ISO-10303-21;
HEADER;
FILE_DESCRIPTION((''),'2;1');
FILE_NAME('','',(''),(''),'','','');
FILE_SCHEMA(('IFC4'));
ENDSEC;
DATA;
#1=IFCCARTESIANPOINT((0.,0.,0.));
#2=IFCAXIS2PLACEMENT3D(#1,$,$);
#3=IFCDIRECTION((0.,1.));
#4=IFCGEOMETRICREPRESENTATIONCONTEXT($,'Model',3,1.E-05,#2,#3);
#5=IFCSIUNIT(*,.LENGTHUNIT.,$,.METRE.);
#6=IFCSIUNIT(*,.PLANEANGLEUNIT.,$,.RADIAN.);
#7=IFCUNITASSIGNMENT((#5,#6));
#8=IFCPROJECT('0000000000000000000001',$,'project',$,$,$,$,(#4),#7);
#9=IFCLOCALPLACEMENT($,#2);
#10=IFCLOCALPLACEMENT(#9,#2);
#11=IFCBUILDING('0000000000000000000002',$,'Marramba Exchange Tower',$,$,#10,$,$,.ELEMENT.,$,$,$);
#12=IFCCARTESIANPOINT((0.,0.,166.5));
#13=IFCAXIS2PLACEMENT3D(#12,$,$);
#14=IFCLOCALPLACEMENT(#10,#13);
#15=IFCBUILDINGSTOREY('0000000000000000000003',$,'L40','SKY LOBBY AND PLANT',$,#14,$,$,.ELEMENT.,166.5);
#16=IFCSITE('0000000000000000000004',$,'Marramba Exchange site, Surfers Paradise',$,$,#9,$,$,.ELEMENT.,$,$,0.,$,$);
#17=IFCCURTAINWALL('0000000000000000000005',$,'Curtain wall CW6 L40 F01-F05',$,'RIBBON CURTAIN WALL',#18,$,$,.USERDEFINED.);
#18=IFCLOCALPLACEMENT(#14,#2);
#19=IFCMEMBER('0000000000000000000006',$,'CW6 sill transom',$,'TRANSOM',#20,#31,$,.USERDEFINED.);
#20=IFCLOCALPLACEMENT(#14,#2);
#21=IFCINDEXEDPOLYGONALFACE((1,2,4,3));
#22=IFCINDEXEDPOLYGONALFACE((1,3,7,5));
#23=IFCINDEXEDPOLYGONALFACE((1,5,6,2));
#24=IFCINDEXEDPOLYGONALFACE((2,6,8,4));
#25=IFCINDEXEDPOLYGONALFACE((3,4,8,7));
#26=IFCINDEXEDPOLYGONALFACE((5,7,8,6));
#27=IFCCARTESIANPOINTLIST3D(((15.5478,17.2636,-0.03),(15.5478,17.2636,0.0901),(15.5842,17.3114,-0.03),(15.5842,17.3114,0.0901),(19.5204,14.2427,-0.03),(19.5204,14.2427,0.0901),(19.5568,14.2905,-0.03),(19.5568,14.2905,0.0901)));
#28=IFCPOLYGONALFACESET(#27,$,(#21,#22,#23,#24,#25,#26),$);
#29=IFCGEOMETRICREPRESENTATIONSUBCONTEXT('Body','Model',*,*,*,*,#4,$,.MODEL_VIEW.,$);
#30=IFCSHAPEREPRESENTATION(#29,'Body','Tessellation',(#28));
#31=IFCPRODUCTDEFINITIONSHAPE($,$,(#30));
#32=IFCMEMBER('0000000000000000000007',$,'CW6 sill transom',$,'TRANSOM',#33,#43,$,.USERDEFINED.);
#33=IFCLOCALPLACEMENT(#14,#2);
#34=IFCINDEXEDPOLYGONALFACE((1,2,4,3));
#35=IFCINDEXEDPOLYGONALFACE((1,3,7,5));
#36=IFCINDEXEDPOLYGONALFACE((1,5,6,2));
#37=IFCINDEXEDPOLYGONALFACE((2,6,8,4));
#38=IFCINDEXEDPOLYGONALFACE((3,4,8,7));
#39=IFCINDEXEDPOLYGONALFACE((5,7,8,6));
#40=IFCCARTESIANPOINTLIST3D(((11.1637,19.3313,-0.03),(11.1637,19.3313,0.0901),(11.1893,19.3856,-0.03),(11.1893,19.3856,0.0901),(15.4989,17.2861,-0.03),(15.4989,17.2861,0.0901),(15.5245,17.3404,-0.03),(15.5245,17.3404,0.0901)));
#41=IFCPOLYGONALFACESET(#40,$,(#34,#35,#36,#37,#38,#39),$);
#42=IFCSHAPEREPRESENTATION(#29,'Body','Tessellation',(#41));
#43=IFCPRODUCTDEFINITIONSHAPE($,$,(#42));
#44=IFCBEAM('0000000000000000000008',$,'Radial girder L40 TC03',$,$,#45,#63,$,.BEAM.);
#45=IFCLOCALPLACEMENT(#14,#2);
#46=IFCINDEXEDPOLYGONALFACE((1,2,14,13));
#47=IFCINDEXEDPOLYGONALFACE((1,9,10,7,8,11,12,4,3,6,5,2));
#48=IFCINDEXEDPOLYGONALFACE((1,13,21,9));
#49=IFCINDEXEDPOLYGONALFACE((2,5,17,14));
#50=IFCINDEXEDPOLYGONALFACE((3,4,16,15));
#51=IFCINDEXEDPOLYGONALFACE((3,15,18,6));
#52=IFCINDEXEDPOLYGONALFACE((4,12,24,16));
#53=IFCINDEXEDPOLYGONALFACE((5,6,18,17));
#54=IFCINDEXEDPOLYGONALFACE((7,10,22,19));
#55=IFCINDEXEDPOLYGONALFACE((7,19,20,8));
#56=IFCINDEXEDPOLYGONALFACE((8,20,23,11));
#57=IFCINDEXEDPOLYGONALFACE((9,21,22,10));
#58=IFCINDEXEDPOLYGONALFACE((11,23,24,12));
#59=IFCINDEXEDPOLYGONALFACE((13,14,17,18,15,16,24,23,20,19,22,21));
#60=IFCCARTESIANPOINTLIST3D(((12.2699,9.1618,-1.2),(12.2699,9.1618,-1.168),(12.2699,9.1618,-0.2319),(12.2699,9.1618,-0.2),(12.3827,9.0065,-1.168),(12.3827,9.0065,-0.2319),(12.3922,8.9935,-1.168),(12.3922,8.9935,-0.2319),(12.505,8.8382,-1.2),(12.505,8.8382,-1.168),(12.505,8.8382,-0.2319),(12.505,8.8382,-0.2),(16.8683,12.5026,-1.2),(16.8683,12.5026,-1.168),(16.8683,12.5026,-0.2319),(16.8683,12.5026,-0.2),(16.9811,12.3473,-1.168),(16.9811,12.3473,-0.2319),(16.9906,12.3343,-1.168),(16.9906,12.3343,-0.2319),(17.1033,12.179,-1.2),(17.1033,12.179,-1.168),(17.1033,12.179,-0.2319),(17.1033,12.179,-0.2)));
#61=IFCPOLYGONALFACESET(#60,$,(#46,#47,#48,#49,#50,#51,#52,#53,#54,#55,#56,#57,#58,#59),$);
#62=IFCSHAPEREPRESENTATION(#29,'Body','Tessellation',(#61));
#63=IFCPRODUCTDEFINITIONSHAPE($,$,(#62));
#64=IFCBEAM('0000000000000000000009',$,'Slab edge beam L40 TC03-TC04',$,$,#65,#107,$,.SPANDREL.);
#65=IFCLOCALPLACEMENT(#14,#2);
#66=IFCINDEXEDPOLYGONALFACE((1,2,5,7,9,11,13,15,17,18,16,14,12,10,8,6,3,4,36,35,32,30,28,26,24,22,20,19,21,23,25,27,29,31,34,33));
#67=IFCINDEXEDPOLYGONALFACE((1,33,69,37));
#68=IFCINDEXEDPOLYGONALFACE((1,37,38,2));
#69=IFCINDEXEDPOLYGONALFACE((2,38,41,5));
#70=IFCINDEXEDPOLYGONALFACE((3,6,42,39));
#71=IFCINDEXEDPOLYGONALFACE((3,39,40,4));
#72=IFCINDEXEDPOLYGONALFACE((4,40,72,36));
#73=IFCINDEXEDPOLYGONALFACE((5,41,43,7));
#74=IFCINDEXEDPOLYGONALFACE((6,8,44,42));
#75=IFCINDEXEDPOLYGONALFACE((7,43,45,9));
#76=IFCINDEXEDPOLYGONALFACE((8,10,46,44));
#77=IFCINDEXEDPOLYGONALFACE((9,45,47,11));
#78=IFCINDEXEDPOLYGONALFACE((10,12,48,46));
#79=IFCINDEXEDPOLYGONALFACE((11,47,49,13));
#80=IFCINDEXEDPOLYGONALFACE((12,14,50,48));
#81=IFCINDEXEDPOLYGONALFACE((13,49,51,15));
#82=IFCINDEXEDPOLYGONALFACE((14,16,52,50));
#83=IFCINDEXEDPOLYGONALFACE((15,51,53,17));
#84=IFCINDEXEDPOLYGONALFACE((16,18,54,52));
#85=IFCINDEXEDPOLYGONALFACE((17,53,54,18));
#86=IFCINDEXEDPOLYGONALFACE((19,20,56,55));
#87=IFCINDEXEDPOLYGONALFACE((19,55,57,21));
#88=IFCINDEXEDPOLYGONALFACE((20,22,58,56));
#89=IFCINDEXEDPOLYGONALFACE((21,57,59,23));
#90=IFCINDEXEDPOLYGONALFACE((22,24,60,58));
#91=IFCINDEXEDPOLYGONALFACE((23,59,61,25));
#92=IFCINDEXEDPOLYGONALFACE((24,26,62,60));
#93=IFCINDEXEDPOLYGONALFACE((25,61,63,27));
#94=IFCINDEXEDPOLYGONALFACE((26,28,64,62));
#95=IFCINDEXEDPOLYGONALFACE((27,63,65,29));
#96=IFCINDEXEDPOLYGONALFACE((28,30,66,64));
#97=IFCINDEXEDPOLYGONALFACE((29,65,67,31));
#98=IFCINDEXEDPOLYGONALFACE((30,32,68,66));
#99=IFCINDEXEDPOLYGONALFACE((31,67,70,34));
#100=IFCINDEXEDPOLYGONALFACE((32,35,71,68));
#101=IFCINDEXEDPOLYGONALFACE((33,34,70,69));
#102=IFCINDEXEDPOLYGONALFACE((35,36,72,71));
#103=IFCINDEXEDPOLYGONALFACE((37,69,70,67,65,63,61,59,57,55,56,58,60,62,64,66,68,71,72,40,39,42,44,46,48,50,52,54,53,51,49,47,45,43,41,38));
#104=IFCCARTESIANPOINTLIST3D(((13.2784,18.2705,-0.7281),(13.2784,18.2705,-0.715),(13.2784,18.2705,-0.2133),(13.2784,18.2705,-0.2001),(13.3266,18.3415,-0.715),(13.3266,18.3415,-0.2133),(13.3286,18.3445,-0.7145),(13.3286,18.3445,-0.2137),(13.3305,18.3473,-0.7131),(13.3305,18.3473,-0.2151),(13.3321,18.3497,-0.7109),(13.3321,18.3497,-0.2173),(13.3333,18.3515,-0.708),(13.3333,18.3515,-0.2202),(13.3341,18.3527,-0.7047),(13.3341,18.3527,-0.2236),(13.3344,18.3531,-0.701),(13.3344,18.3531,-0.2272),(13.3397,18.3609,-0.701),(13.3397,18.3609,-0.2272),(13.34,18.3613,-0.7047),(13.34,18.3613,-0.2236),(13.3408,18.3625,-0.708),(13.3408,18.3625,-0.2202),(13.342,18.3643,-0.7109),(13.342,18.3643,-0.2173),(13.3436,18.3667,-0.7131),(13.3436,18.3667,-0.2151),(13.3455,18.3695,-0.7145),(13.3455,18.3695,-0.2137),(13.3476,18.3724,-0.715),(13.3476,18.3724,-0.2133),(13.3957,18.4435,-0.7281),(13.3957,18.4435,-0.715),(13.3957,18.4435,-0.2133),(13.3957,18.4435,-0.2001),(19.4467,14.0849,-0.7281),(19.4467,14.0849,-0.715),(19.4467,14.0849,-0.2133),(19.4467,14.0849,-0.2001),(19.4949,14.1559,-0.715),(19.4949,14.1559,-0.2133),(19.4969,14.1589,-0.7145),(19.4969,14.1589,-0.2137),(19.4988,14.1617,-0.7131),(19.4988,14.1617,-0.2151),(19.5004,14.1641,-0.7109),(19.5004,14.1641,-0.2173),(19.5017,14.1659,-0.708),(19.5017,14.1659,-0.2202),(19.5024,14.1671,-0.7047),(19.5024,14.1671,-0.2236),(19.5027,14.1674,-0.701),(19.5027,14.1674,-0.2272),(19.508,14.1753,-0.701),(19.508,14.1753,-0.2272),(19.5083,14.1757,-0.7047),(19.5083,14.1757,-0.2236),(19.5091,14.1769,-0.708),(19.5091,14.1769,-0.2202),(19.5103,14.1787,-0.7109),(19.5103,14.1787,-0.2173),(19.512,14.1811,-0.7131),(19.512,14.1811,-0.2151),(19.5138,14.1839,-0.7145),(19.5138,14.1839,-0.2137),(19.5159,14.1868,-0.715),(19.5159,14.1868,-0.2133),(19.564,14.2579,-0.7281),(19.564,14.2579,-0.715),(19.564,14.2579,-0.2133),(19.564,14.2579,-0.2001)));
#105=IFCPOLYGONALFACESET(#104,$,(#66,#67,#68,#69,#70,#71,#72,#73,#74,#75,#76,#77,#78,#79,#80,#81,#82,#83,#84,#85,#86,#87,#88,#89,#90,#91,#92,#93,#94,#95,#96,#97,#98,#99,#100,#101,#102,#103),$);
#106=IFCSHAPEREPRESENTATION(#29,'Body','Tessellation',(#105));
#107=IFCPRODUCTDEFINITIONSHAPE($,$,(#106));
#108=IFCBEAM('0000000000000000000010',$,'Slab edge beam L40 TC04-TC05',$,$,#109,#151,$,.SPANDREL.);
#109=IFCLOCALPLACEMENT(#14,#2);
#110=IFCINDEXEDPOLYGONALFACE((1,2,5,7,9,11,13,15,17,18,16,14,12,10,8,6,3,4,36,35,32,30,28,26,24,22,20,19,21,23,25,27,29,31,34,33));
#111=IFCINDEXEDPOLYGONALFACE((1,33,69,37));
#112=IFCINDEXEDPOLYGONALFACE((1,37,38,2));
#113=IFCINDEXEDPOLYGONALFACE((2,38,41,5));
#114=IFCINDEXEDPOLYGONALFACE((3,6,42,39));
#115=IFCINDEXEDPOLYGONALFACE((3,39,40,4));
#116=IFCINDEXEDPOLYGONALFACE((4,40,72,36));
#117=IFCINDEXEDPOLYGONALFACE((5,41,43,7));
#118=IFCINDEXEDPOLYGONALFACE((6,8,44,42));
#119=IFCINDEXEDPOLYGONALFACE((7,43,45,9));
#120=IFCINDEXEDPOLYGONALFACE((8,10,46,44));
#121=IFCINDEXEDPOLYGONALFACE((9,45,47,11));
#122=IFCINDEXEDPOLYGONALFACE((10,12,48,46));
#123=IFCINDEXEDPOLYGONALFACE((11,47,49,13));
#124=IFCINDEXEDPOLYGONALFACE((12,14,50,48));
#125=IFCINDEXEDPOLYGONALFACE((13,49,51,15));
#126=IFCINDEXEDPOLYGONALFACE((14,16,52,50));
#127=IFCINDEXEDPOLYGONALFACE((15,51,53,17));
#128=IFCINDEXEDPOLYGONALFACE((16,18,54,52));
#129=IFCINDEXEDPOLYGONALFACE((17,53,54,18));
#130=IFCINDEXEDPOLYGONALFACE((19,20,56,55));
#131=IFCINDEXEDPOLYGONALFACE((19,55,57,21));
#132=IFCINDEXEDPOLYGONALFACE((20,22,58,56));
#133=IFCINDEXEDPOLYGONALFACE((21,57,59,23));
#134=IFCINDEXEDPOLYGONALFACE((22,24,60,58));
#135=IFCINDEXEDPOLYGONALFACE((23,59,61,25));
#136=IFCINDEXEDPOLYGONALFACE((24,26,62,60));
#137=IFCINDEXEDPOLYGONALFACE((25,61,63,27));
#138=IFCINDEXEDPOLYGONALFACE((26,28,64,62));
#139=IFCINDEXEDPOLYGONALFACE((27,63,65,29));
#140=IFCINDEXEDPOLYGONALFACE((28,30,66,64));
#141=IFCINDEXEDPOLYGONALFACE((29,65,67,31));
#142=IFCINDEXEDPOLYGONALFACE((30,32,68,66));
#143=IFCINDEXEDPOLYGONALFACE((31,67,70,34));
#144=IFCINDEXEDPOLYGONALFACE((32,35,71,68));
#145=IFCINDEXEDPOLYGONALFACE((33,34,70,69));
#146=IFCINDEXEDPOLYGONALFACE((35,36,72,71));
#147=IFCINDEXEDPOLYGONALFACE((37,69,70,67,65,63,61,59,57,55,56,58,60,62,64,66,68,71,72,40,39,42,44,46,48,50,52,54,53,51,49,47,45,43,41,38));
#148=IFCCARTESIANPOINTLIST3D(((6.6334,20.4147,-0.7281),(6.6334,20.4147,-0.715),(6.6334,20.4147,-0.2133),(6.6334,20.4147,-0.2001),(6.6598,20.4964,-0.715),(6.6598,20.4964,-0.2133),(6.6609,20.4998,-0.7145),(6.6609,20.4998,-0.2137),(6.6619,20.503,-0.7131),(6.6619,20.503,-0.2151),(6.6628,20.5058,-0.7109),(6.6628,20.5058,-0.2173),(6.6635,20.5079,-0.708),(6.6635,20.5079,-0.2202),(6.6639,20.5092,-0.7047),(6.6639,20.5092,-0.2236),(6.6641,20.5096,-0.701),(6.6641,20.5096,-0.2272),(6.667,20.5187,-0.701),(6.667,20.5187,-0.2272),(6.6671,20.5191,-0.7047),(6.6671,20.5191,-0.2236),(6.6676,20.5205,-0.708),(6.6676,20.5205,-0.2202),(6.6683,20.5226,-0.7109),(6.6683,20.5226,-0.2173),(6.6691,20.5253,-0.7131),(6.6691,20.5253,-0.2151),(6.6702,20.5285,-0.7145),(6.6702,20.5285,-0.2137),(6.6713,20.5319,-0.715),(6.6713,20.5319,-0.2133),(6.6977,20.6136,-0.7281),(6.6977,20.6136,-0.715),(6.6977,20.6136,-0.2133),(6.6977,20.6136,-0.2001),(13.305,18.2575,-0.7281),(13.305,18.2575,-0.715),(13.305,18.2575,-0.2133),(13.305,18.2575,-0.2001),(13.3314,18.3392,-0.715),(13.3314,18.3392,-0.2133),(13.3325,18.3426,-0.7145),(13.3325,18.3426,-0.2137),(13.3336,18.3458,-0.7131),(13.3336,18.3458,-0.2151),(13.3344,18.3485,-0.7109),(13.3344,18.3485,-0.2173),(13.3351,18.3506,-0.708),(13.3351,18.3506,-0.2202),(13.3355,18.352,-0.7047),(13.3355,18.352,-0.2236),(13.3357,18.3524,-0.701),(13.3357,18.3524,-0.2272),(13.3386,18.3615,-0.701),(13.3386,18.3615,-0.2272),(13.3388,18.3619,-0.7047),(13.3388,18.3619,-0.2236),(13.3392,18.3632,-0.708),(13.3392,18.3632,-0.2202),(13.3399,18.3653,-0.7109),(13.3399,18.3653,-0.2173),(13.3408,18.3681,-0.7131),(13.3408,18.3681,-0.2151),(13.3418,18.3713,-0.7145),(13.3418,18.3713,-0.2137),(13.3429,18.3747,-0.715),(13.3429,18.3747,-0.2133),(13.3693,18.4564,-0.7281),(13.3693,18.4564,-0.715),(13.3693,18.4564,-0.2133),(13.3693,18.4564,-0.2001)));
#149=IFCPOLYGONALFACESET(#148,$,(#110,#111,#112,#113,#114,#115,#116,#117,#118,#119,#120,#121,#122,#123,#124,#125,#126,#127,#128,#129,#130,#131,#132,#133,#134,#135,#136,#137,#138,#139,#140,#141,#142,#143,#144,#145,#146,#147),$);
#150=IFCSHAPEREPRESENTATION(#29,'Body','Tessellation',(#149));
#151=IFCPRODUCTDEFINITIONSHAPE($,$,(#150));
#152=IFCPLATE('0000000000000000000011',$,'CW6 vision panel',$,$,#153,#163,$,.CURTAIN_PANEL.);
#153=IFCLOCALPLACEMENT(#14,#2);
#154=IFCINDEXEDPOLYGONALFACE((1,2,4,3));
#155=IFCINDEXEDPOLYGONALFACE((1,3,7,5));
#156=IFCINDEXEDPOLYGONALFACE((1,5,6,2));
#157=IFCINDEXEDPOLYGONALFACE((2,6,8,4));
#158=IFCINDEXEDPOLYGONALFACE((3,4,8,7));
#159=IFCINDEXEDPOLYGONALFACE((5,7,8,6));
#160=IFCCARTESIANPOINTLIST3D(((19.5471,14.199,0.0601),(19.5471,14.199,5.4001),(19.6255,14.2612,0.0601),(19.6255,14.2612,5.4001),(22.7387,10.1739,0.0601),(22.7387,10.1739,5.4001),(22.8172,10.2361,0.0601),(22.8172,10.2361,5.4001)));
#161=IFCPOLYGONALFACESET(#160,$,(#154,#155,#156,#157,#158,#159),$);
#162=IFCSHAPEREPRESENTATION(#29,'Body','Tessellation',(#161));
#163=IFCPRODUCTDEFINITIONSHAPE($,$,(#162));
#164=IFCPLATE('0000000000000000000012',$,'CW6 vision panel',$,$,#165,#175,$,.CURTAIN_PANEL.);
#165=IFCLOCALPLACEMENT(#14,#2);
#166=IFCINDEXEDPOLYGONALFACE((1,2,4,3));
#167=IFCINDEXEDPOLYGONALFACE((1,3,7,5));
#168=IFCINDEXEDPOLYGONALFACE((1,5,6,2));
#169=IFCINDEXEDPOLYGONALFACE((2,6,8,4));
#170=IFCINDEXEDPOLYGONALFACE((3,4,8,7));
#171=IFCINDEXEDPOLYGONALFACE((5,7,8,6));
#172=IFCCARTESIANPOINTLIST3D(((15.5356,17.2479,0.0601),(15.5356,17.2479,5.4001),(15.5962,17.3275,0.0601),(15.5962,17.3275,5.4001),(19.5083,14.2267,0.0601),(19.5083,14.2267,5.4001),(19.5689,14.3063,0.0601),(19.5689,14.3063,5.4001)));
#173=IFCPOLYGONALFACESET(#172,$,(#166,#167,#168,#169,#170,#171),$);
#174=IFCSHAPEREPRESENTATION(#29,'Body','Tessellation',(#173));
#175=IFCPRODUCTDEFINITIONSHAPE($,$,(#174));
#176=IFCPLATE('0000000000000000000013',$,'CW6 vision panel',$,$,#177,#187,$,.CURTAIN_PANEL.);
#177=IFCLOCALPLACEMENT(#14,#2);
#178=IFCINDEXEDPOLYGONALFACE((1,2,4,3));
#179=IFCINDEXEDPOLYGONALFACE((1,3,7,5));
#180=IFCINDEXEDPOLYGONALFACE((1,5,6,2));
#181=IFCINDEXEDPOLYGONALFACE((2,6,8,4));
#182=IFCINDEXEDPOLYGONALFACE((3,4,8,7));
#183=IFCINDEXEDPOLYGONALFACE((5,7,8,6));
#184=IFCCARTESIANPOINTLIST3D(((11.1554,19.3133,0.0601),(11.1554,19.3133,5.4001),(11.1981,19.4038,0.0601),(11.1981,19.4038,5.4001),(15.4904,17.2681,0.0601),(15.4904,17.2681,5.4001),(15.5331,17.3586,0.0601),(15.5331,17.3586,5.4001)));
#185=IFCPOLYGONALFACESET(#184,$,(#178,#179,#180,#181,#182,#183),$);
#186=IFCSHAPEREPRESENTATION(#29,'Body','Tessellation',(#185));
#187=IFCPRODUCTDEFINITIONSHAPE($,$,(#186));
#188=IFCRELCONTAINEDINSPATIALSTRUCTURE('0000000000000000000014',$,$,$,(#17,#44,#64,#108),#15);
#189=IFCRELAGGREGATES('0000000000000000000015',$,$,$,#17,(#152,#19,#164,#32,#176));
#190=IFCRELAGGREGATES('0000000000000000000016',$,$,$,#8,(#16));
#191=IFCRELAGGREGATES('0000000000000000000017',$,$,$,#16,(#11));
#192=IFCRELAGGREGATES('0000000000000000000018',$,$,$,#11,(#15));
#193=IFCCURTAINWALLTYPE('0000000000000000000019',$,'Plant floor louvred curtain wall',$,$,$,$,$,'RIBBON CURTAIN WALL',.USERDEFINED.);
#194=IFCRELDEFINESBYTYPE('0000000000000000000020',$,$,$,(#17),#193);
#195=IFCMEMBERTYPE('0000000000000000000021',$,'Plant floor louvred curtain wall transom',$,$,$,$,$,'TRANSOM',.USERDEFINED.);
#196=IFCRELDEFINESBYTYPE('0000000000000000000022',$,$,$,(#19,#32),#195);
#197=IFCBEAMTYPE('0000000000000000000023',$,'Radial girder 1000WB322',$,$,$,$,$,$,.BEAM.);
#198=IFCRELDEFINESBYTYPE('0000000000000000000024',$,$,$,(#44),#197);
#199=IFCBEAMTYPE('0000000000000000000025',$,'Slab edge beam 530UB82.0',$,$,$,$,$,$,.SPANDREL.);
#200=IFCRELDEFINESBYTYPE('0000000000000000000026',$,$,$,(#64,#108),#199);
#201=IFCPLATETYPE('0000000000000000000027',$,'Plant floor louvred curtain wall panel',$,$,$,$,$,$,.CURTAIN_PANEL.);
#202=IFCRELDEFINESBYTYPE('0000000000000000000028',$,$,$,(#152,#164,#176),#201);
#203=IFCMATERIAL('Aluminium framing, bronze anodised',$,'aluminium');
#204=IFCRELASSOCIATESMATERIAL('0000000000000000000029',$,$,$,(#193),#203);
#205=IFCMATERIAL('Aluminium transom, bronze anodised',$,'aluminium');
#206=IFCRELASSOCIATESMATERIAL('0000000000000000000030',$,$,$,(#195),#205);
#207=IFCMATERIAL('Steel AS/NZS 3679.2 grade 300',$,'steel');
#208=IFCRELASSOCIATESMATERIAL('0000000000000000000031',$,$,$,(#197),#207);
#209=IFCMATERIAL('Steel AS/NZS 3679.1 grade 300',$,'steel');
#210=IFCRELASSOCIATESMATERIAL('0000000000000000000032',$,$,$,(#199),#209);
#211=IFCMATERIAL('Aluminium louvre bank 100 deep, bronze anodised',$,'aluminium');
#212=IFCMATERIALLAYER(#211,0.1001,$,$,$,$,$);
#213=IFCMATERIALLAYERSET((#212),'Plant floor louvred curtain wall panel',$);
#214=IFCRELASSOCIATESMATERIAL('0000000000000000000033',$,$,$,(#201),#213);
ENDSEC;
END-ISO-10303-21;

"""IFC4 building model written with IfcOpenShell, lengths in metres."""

from ifc_helpers import new_model, si_unit, direction, frame, origin, origin_2d, place, context, subcontext, project, spatial, rectangle, i_section, extrude, material, layer, layer_set, material_profile, profile_set, type_object, element, aggregate, save


model = new_model("IFC4")

# Units and contexts
model_context = context("Model", 3, precision=1e-05, world=origin(), true_north=direction((0.0, 1.0)))
body_context = subcontext(model_context, "Body", "Model", "MODEL_VIEW")
ifc_project = project(units=[si_unit("LENGTHUNIT", "METRE"), si_unit("PLANEANGLEUNIT", "RADIAN")], contexts=[model_context])

# Site, building, storey
site_placement = place(None, origin())
site = spatial("IfcSite", under=ifc_project, at=site_placement, Name="Marramba Exchange site, Surfers Paradise", CompositionType="ELEMENT", RefElevation=0.0)
building_placement = place(site_placement, origin())
building = spatial("IfcBuilding", under=site, at=building_placement, Name="Marramba Exchange Tower", CompositionType="ELEMENT")
storey_placement = place(building_placement, frame((0.0, 0.0, 166.5)))
storey = spatial("IfcBuildingStorey", under=building, at=storey_placement, Name="L40", Description="SKY LOBBY AND PLANT", CompositionType="ELEMENT", Elevation=166.5)

# Shared definitions
ifc_material_1 = material(Name="Steel AS/NZS 3679.2 grade 300", Category="steel")

# Shared definitions
ifc_material_2 = material(Name="Steel AS/NZS 3679.1 grade 300", Category="steel")

# Curtain wall, members
ifc_material_3 = material(Name="Aluminium framing, bronze anodised", Category="aluminium")
curtain_wall_type = type_object("IfcCurtainWallType", Name="Plant floor louvred curtain wall", ElementType="RIBBON CURTAIN WALL", PredefinedType="USERDEFINED", material=ifc_material_3)
curtain_wall_placement = place(storey_placement, origin())
curtain_wall = element("IfcCurtainWall", 1, at=curtain_wall_placement, inside=storey, type_object=curtain_wall_type, Name="Curtain wall CW6 L40 F01-F05", ObjectType="RIBBON CURTAIN WALL", PredefinedType="USERDEFINED")
ifc_material_4 = material(Name="Aluminium transom, bronze anodised", Category="aluminium")
ifc_material_profile_1 = material_profile(ifc_material_4, rectangle(XDim=0.0601, YDim=0.1201, at=origin_2d()), Name="CW6 transom 60x120")
ifc_profile_set_1 = profile_set([ifc_material_profile_1], Name="Aluminium transom, bronze anodised")
member_type_1 = type_object("IfcMemberType", Name="Plant floor louvred curtain wall transom", ElementType="TRANSOM", PredefinedType="USERDEFINED", material=ifc_profile_set_1)
member_1_placement = place(storey_placement, frame((19.5386, 14.2666, 0.03), z_axis=(-0.795991, 0.605309, 0.0), x_axis=(-0.605309, -0.795991, 0.0)))
member_1 = element("IfcMember", 2, at=member_1_placement, type_object=member_type_1, Name="CW6 sill transom", ObjectType="TRANSOM", PredefinedType="USERDEFINED", context=body_context, shape_type="SweptSolid", body=[
    extrude(rectangle(XDim=0.0601, YDim=0.1201, at=origin_2d()), origin(), (0.0, 0.0, 1.0), 4.9907),
])
member_2_placement = place(storey_placement, frame((15.5117, 17.3132, 0.03), z_axis=(-0.904411, 0.426663, 0.0), x_axis=(-0.426663, -0.904411, 0.0)))
member_2 = element("IfcMember", 3, at=member_2_placement, type_object=member_type_1, Name="CW6 sill transom", ObjectType="TRANSOM", PredefinedType="USERDEFINED", context=body_context, shape_type="SweptSolid", body=[
    extrude(rectangle(XDim=0.0601, YDim=0.1201, at=origin_2d()), origin(), (0.0, 0.0, 1.0), 4.7935),
])

# Beams
ifc_material_profile_2 = material_profile(ifc_material_1, i_section(OverallWidth=0.3999, OverallDepth=1.0, WebThickness=0.0161, FlangeThickness=0.032, at=origin_2d()), Name="1000WB322")
ifc_profile_set_2 = profile_set([ifc_material_profile_2], Name="Steel AS/NZS 3679.2 grade 300")
beam_type_1 = type_object("IfcBeamType", Name="Radial girder 1000WB322", PredefinedType="BEAM", material=ifc_profile_set_2)
beam_1_placement = place(storey_placement, frame((12.3875, 9.0, -0.7), z_axis=(0.809026, 0.587773, 0.0), x_axis=(-0.587773, 0.809026, 0.0)))
element("IfcBeam", 4, at=beam_1_placement, inside=storey, type_object=beam_type_1, Name="Radial girder L40 TC03", PredefinedType="BEAM", context=body_context, shape_type="SweptSolid", body=[
    extrude(i_section(OverallWidth=0.3999, OverallDepth=1.0, WebThickness=0.0161, FlangeThickness=0.032, at=origin_2d()), origin(), (0.0, 0.0, 1.0), 5.6838),
])
ifc_material_profile_3 = material_profile(ifc_material_2, i_section(OverallWidth=0.209, OverallDepth=0.5281, WebThickness=0.0095, FlangeThickness=0.0132, FilletRadius=0.0139, at=origin_2d()), Name="530UB82.0")
ifc_profile_set_3 = profile_set([ifc_material_profile_3], Name="Steel AS/NZS 3679.1 grade 300")
beam_type_2 = type_object("IfcBeamType", Name="Slab edge beam 530UB82.0", PredefinedType="SPANDREL", material=ifc_profile_set_3)
beam_2_placement = place(storey_placement, frame((19.5054, 14.1714, -0.4641), z_axis=(-0.827477, 0.561499, 0.0), x_axis=(-0.561499, -0.827477, 0.0)))
element("IfcBeam", 5, at=beam_2_placement, inside=storey, type_object=beam_type_2, Name="Slab edge beam L40 TC03-TC04", PredefinedType="SPANDREL", context=body_context, shape_type="SweptSolid", body=[
    extrude(i_section(OverallWidth=0.209, OverallDepth=0.5281, WebThickness=0.0095, FlangeThickness=0.0132, FilletRadius=0.0139, at=origin_2d()), origin(), (0.0, 0.0, 1.0), 7.4543),
])
beam_3_placement = place(storey_placement, frame((13.3372, 18.3569, -0.4641), z_axis=(-0.951496, 0.30766, 0.0), x_axis=(-0.30766, -0.951496, 0.0)))
element("IfcBeam", 6, at=beam_3_placement, inside=storey, type_object=beam_type_2, Name="Slab edge beam L40 TC04-TC05", PredefinedType="SPANDREL", context=body_context, shape_type="SweptSolid", body=[
    extrude(i_section(OverallWidth=0.209, OverallDepth=0.5281, WebThickness=0.0095, FlangeThickness=0.0132, FilletRadius=0.0139, at=origin_2d()), origin(), (0.0, 0.0, 1.0), 7.0117),
])

# Plates
ifc_material_5 = material(Name="Aluminium louvre bank 100 deep, bronze anodised", Category="aluminium")
ifc_layer_1 = layer(ifc_material_5, 0.1001)
ifc_layer_set_1 = layer_set([ifc_layer_1], Name="Plant floor louvred curtain wall panel")
plate_type = type_object("IfcPlateType", Name="Plant floor louvred curtain wall panel", PredefinedType="CURTAIN_PANEL", material=ifc_layer_set_1)
plate_1_placement = place(storey_placement, frame((21.1821, 12.2175, 0.0601), z_axis=(0.0, 0.0, 1.0), x_axis=(-0.621312, 0.783563, 0.0)))
plate_1 = element("IfcPlate", 7, at=plate_1_placement, type_object=plate_type, Name="CW6 vision panel", PredefinedType="CURTAIN_PANEL", context=body_context, shape_type="SweptSolid", body=[
    extrude(rectangle(XDim=5.137, YDim=0.1001, at=origin_2d()), origin(), (0.0, 0.0, 1.0), 5.3401),
])
plate_2_placement = place(storey_placement, frame((17.5522, 15.7771, 0.0601), z_axis=(0.0, 0.0, 1.0), x_axis=(-0.795972, 0.605334, 0.0)))
plate_2 = element("IfcPlate", 8, at=plate_2_placement, type_object=plate_type, Name="CW6 vision panel", PredefinedType="CURTAIN_PANEL", context=body_context, shape_type="SweptSolid", body=[
    extrude(rectangle(XDim=4.991, YDim=0.1001, at=origin_2d()), origin(), (0.0, 0.0, 1.0), 5.3401),
])
plate_3_placement = place(storey_placement, frame((13.3442, 18.3359, 0.0601), z_axis=(0.0, 0.0, 1.0), x_axis=(-0.904403, 0.426679, 0.0)))
plate_3 = element("IfcPlate", 9, at=plate_3_placement, type_object=plate_type, Name="CW6 vision panel", PredefinedType="CURTAIN_PANEL", context=body_context, shape_type="SweptSolid", body=[
    extrude(rectangle(XDim=4.7932, YDim=0.1001, at=origin_2d()), origin(), (0.0, 0.0, 1.0), 5.3401),
])
aggregate(curtain_wall, [plate_1, member_1, plate_2, member_2, plate_3])

save(model, "model.ifc")
